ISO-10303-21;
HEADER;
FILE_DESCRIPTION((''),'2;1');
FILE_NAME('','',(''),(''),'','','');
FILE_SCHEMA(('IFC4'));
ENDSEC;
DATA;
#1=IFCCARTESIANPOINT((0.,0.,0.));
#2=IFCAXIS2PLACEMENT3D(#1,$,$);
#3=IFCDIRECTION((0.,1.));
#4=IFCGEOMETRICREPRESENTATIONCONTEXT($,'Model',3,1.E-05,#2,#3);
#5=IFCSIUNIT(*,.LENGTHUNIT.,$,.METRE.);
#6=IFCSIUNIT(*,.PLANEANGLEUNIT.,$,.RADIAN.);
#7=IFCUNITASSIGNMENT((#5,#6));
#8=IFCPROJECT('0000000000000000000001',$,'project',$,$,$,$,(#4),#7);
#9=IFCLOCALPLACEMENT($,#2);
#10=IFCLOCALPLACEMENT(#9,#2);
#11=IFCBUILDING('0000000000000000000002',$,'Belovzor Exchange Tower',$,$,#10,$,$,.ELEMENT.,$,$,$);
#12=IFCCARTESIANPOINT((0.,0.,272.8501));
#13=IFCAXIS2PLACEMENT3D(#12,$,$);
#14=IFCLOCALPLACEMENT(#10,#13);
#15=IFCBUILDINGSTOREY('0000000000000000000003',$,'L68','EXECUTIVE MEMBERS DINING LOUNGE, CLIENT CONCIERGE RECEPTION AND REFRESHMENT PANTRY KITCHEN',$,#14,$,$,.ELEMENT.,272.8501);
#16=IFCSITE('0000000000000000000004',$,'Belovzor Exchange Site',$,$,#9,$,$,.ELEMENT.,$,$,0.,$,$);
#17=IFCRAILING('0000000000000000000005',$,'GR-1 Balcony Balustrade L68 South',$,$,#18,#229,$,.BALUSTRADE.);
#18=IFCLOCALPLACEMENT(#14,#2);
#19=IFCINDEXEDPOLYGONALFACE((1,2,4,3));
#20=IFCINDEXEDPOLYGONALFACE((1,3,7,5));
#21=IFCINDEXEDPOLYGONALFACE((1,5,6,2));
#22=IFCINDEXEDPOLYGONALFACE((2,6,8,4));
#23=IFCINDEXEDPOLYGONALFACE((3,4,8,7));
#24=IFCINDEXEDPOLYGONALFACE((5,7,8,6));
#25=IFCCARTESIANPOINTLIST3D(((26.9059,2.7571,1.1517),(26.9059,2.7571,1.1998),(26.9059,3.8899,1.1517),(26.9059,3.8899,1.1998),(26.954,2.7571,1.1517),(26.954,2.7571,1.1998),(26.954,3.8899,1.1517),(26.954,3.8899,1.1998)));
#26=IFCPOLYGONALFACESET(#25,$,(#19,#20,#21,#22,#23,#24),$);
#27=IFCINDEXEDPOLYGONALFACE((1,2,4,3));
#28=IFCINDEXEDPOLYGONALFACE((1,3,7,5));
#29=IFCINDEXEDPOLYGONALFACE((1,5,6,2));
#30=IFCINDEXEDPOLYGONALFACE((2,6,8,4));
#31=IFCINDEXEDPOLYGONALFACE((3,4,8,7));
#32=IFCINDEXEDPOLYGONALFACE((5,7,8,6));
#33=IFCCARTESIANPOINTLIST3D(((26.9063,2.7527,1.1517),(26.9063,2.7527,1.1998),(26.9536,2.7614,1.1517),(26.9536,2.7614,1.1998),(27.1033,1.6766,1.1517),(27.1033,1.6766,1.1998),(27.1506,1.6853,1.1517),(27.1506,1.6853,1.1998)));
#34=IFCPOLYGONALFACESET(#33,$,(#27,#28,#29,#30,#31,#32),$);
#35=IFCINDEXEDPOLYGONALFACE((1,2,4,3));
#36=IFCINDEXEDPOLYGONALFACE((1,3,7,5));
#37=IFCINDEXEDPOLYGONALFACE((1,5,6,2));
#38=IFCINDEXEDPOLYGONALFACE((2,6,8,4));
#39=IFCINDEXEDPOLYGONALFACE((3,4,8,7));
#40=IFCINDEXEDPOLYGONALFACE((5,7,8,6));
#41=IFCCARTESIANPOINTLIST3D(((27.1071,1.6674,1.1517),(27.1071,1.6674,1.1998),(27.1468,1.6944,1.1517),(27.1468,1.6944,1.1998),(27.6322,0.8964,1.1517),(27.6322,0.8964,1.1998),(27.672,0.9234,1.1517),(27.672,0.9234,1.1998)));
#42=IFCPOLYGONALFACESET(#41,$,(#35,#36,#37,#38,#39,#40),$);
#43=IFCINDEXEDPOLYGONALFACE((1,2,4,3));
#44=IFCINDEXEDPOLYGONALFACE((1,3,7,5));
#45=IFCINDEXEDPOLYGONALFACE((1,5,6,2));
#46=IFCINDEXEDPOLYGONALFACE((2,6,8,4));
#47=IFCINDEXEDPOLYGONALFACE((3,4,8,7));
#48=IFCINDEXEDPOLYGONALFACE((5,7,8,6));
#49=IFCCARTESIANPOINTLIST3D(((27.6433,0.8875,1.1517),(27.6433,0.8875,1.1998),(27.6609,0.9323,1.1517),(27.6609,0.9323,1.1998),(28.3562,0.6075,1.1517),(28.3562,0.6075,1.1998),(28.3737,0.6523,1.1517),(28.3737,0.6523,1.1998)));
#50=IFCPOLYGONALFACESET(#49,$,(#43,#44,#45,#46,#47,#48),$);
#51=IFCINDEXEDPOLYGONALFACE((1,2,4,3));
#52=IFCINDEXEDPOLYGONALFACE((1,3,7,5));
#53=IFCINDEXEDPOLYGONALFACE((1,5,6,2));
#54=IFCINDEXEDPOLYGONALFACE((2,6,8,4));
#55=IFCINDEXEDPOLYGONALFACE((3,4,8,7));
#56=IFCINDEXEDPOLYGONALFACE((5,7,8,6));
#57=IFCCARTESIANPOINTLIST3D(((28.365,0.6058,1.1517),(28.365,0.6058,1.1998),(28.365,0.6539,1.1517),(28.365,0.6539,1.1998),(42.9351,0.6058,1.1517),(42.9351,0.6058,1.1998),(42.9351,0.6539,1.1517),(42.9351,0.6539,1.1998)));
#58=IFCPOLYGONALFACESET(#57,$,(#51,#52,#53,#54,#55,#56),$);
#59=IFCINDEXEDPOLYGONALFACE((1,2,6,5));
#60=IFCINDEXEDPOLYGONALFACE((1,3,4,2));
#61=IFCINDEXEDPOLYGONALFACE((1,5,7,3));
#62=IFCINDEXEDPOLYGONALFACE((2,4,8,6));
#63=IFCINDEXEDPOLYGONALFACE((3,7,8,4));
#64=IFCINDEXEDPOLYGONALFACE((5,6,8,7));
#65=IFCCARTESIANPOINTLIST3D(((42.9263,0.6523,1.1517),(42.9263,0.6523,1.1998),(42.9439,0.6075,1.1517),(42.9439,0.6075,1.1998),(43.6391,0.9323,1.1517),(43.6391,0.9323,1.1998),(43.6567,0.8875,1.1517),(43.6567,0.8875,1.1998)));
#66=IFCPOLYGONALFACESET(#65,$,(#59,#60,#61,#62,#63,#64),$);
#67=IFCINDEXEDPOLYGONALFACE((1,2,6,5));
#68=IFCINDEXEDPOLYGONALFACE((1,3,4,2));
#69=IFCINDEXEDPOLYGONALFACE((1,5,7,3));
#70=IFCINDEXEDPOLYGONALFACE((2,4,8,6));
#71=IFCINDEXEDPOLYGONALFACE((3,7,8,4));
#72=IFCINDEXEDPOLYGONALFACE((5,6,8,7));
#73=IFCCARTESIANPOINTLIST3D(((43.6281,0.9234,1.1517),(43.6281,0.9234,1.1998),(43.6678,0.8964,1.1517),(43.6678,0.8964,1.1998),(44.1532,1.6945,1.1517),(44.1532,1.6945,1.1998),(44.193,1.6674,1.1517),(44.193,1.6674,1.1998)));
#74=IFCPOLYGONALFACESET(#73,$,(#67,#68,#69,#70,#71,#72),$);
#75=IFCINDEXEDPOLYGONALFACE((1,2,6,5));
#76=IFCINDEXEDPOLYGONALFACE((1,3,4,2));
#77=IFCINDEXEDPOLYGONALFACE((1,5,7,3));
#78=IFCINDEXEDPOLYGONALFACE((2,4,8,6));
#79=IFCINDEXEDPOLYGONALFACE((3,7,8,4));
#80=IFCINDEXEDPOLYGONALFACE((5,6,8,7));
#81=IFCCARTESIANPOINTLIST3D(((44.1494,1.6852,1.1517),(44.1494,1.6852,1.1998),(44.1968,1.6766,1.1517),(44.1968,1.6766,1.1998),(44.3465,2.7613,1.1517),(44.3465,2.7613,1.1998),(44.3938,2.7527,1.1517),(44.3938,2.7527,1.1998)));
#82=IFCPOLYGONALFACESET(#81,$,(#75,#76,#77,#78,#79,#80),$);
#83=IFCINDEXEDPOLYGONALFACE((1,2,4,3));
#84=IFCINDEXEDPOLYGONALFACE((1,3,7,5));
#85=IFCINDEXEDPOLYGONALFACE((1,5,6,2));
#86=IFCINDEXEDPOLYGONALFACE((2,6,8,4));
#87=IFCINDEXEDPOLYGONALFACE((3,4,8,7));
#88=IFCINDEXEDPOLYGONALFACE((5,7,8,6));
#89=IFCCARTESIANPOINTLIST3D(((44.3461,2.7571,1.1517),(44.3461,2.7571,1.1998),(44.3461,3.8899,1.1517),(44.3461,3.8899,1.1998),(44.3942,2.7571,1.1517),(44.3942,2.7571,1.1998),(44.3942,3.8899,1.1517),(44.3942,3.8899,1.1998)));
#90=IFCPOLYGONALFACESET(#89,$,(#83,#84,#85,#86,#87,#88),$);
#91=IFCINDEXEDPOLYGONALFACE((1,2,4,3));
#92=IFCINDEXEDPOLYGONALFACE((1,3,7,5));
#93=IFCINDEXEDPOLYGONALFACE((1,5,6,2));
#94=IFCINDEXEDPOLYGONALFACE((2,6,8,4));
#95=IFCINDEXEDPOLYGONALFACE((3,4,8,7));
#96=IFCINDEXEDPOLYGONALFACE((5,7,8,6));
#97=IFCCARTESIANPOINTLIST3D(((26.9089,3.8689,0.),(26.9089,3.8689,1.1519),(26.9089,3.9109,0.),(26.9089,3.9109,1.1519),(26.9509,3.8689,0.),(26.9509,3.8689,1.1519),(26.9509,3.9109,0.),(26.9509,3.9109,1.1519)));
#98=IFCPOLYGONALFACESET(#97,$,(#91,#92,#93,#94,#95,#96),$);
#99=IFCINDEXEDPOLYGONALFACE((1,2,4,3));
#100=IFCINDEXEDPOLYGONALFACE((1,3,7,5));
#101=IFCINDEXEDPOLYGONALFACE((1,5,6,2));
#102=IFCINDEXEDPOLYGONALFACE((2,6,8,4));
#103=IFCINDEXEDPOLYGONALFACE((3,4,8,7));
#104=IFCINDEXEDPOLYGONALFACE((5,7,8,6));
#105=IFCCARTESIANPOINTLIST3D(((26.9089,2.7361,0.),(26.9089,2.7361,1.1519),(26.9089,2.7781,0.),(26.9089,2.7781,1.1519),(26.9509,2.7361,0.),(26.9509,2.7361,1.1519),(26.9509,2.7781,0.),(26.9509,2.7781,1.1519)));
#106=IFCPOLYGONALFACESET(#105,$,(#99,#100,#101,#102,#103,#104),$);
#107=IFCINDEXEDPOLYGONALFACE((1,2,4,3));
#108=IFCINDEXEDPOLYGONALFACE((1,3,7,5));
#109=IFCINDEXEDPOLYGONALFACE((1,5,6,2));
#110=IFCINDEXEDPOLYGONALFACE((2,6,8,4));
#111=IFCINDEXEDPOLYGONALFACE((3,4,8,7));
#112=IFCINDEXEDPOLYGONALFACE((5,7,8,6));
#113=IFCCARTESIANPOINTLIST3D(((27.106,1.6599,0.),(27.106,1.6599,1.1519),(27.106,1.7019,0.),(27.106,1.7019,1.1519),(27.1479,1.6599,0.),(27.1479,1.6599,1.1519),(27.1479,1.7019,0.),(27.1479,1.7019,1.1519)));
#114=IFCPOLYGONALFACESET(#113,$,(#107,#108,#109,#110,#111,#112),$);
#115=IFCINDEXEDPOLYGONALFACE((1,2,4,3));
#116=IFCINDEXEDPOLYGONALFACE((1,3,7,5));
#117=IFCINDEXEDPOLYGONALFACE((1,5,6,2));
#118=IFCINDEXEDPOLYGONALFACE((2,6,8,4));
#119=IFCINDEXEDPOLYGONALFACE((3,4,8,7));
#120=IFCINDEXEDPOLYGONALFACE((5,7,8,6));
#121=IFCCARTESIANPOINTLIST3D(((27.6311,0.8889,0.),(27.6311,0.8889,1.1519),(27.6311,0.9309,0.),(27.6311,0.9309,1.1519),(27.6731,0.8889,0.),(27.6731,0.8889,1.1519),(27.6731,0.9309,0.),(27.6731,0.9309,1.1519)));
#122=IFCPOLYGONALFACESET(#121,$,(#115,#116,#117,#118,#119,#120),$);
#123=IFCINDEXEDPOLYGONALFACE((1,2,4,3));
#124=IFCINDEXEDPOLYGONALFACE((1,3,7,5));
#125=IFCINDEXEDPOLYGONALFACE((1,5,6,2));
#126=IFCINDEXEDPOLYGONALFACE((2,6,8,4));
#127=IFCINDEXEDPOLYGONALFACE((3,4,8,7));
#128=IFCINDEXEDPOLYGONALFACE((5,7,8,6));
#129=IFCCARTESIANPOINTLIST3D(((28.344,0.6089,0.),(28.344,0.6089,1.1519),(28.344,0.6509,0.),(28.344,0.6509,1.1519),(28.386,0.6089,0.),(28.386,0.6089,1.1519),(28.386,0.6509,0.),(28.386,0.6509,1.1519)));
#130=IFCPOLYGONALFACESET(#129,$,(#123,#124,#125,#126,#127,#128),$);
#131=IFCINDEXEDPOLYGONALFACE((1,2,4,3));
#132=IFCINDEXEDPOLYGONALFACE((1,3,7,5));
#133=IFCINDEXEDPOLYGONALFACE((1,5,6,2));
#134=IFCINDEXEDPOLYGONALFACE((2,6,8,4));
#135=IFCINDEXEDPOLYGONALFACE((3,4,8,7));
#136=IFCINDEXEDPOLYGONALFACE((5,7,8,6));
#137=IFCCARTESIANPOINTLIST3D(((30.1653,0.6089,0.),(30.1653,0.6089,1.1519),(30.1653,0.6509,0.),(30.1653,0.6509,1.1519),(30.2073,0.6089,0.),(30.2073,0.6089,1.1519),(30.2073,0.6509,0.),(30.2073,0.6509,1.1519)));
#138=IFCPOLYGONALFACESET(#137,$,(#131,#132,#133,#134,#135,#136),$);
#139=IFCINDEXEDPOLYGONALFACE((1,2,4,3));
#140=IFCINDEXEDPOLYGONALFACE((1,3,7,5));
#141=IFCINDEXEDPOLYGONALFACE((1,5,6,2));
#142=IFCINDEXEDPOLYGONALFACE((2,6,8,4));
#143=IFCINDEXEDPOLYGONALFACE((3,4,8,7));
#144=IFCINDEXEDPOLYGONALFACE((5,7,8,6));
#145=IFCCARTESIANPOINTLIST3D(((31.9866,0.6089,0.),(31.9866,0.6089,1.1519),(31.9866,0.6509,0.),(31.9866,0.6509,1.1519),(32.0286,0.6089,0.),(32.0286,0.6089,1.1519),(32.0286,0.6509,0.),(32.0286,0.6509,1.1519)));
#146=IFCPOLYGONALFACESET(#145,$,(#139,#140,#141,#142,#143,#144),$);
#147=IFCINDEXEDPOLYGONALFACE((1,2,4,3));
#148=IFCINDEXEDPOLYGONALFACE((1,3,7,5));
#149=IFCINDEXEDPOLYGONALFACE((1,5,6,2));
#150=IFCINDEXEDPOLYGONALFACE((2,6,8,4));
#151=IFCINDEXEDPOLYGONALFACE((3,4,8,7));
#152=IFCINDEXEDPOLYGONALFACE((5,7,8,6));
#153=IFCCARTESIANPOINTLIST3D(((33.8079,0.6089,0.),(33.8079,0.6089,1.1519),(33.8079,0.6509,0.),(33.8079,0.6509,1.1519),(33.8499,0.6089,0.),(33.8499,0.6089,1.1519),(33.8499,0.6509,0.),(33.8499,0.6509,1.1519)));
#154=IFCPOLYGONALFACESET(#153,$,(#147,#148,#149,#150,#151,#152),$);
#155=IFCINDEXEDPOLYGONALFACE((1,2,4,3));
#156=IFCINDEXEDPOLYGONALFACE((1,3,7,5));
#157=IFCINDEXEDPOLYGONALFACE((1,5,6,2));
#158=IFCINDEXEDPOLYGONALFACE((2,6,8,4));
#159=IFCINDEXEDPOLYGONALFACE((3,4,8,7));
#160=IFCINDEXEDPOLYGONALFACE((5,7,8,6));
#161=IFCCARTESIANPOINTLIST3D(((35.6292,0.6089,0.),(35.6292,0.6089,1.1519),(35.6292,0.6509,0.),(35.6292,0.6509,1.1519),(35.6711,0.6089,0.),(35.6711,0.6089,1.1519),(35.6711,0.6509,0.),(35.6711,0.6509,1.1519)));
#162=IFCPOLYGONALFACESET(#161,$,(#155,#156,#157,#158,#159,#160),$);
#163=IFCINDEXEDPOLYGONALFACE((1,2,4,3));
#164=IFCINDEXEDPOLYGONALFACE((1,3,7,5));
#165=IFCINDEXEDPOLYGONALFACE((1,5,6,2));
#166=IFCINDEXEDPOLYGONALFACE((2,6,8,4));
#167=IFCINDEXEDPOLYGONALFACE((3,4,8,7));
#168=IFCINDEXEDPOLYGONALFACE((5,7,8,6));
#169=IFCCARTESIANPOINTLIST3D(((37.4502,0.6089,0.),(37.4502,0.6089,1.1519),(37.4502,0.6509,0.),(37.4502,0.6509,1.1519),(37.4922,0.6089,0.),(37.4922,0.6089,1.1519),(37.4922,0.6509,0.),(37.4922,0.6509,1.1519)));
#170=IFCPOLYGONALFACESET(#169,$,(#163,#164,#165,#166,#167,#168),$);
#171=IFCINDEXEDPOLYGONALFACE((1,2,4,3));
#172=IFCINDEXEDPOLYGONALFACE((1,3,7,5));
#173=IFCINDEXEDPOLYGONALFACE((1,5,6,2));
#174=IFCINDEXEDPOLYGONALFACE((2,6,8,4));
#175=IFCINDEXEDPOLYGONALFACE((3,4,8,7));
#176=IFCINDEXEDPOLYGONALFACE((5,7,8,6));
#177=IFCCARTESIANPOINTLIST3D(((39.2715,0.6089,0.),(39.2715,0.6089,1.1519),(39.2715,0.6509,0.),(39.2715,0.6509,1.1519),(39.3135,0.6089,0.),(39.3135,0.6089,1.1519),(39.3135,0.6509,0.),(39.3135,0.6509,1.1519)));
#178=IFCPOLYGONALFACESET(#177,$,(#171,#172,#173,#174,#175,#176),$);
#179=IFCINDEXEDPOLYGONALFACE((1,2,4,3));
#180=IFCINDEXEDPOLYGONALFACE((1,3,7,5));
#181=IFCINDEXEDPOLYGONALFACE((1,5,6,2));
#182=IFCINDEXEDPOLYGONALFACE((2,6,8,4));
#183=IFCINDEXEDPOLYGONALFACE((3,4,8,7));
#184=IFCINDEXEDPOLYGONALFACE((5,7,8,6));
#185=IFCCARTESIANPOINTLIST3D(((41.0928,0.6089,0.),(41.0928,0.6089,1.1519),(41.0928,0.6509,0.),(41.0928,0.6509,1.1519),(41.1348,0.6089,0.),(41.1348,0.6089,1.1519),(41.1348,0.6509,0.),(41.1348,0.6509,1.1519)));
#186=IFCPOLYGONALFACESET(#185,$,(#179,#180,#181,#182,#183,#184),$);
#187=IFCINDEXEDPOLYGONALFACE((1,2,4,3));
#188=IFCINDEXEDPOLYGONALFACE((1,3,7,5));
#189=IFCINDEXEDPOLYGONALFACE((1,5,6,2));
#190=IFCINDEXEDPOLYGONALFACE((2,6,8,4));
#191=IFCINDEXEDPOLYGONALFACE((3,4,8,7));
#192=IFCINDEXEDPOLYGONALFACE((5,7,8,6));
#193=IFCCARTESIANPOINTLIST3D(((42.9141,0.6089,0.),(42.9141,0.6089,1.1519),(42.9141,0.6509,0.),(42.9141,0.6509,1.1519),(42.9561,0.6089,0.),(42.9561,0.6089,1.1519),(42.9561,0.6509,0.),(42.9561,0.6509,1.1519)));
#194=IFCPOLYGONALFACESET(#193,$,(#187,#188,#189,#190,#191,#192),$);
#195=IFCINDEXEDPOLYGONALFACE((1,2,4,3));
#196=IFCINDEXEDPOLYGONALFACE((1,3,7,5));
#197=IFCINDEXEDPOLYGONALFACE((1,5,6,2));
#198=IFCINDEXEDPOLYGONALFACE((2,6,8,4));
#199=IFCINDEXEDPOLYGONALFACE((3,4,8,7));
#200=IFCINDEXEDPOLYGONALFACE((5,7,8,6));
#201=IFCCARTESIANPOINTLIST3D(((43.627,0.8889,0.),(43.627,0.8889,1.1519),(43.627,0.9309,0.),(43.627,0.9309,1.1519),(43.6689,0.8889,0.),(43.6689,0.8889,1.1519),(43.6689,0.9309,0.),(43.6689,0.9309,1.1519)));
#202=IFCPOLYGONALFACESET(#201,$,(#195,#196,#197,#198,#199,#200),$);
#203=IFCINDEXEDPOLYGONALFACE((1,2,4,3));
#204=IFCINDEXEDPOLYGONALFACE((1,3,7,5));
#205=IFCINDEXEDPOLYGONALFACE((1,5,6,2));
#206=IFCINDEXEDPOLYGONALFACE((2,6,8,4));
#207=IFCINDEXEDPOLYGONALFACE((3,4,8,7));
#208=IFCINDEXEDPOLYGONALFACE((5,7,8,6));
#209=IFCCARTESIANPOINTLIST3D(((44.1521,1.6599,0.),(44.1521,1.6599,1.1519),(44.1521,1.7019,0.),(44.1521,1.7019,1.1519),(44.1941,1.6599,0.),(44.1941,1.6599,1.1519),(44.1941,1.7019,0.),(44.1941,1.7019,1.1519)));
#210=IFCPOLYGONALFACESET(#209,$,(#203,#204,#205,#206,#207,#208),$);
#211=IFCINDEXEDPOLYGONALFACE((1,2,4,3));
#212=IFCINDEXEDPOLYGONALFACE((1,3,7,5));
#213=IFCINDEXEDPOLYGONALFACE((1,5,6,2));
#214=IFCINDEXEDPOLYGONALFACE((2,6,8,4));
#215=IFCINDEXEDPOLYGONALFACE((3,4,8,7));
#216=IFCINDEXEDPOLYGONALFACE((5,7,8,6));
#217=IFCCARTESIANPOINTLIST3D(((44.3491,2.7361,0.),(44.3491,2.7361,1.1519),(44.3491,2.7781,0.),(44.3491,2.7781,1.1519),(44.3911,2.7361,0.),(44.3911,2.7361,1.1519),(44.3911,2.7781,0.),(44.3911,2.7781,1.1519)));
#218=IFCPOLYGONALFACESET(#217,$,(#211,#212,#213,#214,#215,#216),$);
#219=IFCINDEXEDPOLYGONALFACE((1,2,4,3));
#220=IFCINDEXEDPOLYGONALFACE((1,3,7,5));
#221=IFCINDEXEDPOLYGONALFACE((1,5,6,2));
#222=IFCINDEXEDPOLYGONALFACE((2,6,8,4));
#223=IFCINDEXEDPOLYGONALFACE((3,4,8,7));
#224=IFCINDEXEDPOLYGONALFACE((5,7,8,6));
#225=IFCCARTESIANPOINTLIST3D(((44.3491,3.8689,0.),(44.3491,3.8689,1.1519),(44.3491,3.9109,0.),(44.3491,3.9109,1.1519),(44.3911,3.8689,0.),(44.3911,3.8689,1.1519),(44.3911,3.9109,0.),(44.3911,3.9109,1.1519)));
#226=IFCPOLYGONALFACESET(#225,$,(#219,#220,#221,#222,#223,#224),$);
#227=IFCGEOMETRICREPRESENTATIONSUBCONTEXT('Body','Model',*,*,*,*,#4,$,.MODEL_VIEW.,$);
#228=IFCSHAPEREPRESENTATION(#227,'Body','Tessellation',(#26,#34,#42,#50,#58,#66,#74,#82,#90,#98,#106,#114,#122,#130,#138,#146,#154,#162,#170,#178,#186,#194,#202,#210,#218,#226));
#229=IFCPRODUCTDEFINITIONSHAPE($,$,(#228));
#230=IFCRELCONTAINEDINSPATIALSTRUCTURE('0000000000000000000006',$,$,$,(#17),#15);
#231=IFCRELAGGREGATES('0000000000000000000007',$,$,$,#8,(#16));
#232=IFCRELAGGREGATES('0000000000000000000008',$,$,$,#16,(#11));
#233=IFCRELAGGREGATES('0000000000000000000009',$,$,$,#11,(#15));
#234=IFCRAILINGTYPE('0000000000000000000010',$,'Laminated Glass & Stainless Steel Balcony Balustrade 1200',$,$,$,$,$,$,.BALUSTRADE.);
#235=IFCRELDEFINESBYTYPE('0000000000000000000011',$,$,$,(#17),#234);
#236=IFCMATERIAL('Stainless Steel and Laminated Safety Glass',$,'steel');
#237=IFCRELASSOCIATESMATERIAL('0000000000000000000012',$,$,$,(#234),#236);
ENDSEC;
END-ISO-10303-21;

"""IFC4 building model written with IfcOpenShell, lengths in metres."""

from ifc_helpers import new_model, si_unit, direction, frame, origin, origin_2d, place, context, subcontext, project, spatial, rectangle, extrude, material, type_object, element, save


model = new_model("IFC4")

# Units and contexts
model_context = context("Model", 3, precision=1e-05, world=origin(), true_north=direction((0.0, 1.0)))
body_context = subcontext(model_context, "Body", "Model", "MODEL_VIEW")
ifc_project = project(units=[si_unit("LENGTHUNIT", "METRE"), si_unit("PLANEANGLEUNIT", "RADIAN")], contexts=[model_context])

# Site, building, storey
site_placement = place(None, origin())
site = spatial("IfcSite", under=ifc_project, at=site_placement, Name="Belovzor Exchange Site", CompositionType="ELEMENT", RefElevation=0.0)
building_placement = place(site_placement, origin())
building = spatial("IfcBuilding", under=site, at=building_placement, Name="Belovzor Exchange Tower", CompositionType="ELEMENT")
storey_placement = place(building_placement, frame((0.0, 0.0, 272.8501)))
storey = spatial("IfcBuildingStorey", under=building, at=storey_placement, Name="L68", Description="EXECUTIVE MEMBERS DINING LOUNGE, CLIENT CONCIERGE RECEPTION AND REFRESHMENT PANTRY KITCHEN", CompositionType="ELEMENT", Elevation=272.8501)

# Railing
ifc_material_1 = material(Name="Stainless Steel and Laminated Safety Glass", Category="steel")
railing_type = type_object("IfcRailingType", Name="Laminated Glass & Stainless Steel Balcony Balustrade 1200", PredefinedType="BALUSTRADE", material=ifc_material_1)
railing_placement = place(storey_placement, frame((26.9299, 3.8899, 0.0)))
element("IfcRailing", 1, at=railing_placement, inside=storey, type_object=railing_type, Name="GR-1 Balcony Balustrade L68 South", PredefinedType="BALUSTRADE", context=body_context, shape_type="SweptSolid", body=[
    extrude(rectangle(XDim=0.0481, YDim=0.0481, at=origin_2d()), frame((0.0, 0.0, 1.1758), z_axis=(0.0, -1.0, 0.0), x_axis=(1.0, 0.0, 0.0)), (0.0, 0.0, 1.0), 1.1328),
    extrude(rectangle(XDim=0.0481, YDim=0.0481, at=origin_2d()), frame((0.0, -1.1328, 1.1758), z_axis=(0.180083, -0.983651, 0.0), x_axis=(0.983651, 0.180083, 0.0)), (0.0, 0.0, 1.0), 1.094),
    extrude(rectangle(XDim=0.0481, YDim=0.0481, at=origin_2d()), frame((0.197, -2.209, 1.1758), z_axis=(0.562947, -0.826493, 0.0), x_axis=(0.826493, 0.562947, 0.0)), (0.0, 0.0, 1.0), 0.9329),
    extrude(rectangle(XDim=0.0481, YDim=0.0481, at=origin_2d()), frame((0.7222, -2.98, 1.1758), z_axis=(0.930767, -0.365613, 0.0), x_axis=(0.365613, 0.930767, 0.0)), (0.0, 0.0, 1.0), 0.7659),
    extrude(rectangle(XDim=0.0481, YDim=0.0481, at=origin_2d()), frame((1.4351, -3.26, 1.1758), z_axis=(1.0, 0.0, 0.0), x_axis=(0.0, 1.0, 0.0)), (0.0, 0.0, 1.0), 14.5701),
    extrude(rectangle(XDim=0.0481, YDim=0.0481, at=origin_2d()), frame((16.0051, -3.26, 1.1758), z_axis=(0.930767, 0.365613, 0.0), x_axis=(-0.365613, 0.930767, 0.0)), (0.0, 0.0, 1.0), 0.7659),
    extrude(rectangle(XDim=0.0481, YDim=0.0481, at=origin_2d()), frame((16.718, -2.98, 1.1758), z_axis=(0.562947, 0.826493, 0.0), x_axis=(-0.826493, 0.562947, 0.0)), (0.0, 0.0, 1.0), 0.9329),
    extrude(rectangle(XDim=0.0481, YDim=0.0481, at=origin_2d()), frame((17.2432, -2.209, 1.1758), z_axis=(0.180083, 0.983651, 0.0), x_axis=(-0.983651, 0.180083, 0.0)), (0.0, 0.0, 1.0), 1.094),
    extrude(rectangle(XDim=0.0481, YDim=0.0481, at=origin_2d()), frame((17.4402, -1.1328, 1.1758), z_axis=(0.0, 1.0, 0.0), x_axis=(-1.0, 0.0, 0.0)), (0.0, 0.0, 1.0), 1.1328),
    extrude(rectangle(XDim=0.042, YDim=0.042, at=origin_2d()), origin(), (0.0, 0.0, 1.0), 1.1519),
    extrude(rectangle(XDim=0.042, YDim=0.042, at=origin_2d()), frame((0.0, -1.1328, 0.0)), (0.0, 0.0, 1.0), 1.1519),
    extrude(rectangle(XDim=0.042, YDim=0.042, at=origin_2d()), frame((0.197, -2.209, 0.0)), (0.0, 0.0, 1.0), 1.1519),
    extrude(rectangle(XDim=0.042, YDim=0.042, at=origin_2d()), frame((0.7222, -2.98, 0.0)), (0.0, 0.0, 1.0), 1.1519),
    extrude(rectangle(XDim=0.042, YDim=0.042, at=origin_2d()), frame((1.4351, -3.26, 0.0)), (0.0, 0.0, 1.0), 1.1519),
    extrude(rectangle(XDim=0.042, YDim=0.042, at=origin_2d()), frame((3.2563, -3.26, 0.0)), (0.0, 0.0, 1.0), 1.1519),
    extrude(rectangle(XDim=0.042, YDim=0.042, at=origin_2d()), frame((5.0776, -3.26, 0.0)), (0.0, 0.0, 1.0), 1.1519),
    extrude(rectangle(XDim=0.042, YDim=0.042, at=origin_2d()), frame((6.8989, -3.26, 0.0)), (0.0, 0.0, 1.0), 1.1519),
    extrude(rectangle(XDim=0.042, YDim=0.042, at=origin_2d()), frame((8.7202, -3.26, 0.0)), (0.0, 0.0, 1.0), 1.1519),
    extrude(rectangle(XDim=0.042, YDim=0.042, at=origin_2d()), frame((10.5413, -3.26, 0.0)), (0.0, 0.0, 1.0), 1.1519),
    extrude(rectangle(XDim=0.042, YDim=0.042, at=origin_2d()), frame((12.3625, -3.26, 0.0)), (0.0, 0.0, 1.0), 1.1519),
    extrude(rectangle(XDim=0.042, YDim=0.042, at=origin_2d()), frame((14.1838, -3.26, 0.0)), (0.0, 0.0, 1.0), 1.1519),
    extrude(rectangle(XDim=0.042, YDim=0.042, at=origin_2d()), frame((16.0051, -3.26, 0.0)), (0.0, 0.0, 1.0), 1.1519),
    extrude(rectangle(XDim=0.042, YDim=0.042, at=origin_2d()), frame((16.718, -2.98, 0.0)), (0.0, 0.0, 1.0), 1.1519),
    extrude(rectangle(XDim=0.042, YDim=0.042, at=origin_2d()), frame((17.2432, -2.209, 0.0)), (0.0, 0.0, 1.0), 1.1519),
    extrude(rectangle(XDim=0.042, YDim=0.042, at=origin_2d()), frame((17.4402, -1.1328, 0.0)), (0.0, 0.0, 1.0), 1.1519),
    extrude(rectangle(XDim=0.042, YDim=0.042, at=origin_2d()), frame((17.4402, 0.0, 0.0)), (0.0, 0.0, 1.0), 1.1519),
])

save(model, "model.ifc")
